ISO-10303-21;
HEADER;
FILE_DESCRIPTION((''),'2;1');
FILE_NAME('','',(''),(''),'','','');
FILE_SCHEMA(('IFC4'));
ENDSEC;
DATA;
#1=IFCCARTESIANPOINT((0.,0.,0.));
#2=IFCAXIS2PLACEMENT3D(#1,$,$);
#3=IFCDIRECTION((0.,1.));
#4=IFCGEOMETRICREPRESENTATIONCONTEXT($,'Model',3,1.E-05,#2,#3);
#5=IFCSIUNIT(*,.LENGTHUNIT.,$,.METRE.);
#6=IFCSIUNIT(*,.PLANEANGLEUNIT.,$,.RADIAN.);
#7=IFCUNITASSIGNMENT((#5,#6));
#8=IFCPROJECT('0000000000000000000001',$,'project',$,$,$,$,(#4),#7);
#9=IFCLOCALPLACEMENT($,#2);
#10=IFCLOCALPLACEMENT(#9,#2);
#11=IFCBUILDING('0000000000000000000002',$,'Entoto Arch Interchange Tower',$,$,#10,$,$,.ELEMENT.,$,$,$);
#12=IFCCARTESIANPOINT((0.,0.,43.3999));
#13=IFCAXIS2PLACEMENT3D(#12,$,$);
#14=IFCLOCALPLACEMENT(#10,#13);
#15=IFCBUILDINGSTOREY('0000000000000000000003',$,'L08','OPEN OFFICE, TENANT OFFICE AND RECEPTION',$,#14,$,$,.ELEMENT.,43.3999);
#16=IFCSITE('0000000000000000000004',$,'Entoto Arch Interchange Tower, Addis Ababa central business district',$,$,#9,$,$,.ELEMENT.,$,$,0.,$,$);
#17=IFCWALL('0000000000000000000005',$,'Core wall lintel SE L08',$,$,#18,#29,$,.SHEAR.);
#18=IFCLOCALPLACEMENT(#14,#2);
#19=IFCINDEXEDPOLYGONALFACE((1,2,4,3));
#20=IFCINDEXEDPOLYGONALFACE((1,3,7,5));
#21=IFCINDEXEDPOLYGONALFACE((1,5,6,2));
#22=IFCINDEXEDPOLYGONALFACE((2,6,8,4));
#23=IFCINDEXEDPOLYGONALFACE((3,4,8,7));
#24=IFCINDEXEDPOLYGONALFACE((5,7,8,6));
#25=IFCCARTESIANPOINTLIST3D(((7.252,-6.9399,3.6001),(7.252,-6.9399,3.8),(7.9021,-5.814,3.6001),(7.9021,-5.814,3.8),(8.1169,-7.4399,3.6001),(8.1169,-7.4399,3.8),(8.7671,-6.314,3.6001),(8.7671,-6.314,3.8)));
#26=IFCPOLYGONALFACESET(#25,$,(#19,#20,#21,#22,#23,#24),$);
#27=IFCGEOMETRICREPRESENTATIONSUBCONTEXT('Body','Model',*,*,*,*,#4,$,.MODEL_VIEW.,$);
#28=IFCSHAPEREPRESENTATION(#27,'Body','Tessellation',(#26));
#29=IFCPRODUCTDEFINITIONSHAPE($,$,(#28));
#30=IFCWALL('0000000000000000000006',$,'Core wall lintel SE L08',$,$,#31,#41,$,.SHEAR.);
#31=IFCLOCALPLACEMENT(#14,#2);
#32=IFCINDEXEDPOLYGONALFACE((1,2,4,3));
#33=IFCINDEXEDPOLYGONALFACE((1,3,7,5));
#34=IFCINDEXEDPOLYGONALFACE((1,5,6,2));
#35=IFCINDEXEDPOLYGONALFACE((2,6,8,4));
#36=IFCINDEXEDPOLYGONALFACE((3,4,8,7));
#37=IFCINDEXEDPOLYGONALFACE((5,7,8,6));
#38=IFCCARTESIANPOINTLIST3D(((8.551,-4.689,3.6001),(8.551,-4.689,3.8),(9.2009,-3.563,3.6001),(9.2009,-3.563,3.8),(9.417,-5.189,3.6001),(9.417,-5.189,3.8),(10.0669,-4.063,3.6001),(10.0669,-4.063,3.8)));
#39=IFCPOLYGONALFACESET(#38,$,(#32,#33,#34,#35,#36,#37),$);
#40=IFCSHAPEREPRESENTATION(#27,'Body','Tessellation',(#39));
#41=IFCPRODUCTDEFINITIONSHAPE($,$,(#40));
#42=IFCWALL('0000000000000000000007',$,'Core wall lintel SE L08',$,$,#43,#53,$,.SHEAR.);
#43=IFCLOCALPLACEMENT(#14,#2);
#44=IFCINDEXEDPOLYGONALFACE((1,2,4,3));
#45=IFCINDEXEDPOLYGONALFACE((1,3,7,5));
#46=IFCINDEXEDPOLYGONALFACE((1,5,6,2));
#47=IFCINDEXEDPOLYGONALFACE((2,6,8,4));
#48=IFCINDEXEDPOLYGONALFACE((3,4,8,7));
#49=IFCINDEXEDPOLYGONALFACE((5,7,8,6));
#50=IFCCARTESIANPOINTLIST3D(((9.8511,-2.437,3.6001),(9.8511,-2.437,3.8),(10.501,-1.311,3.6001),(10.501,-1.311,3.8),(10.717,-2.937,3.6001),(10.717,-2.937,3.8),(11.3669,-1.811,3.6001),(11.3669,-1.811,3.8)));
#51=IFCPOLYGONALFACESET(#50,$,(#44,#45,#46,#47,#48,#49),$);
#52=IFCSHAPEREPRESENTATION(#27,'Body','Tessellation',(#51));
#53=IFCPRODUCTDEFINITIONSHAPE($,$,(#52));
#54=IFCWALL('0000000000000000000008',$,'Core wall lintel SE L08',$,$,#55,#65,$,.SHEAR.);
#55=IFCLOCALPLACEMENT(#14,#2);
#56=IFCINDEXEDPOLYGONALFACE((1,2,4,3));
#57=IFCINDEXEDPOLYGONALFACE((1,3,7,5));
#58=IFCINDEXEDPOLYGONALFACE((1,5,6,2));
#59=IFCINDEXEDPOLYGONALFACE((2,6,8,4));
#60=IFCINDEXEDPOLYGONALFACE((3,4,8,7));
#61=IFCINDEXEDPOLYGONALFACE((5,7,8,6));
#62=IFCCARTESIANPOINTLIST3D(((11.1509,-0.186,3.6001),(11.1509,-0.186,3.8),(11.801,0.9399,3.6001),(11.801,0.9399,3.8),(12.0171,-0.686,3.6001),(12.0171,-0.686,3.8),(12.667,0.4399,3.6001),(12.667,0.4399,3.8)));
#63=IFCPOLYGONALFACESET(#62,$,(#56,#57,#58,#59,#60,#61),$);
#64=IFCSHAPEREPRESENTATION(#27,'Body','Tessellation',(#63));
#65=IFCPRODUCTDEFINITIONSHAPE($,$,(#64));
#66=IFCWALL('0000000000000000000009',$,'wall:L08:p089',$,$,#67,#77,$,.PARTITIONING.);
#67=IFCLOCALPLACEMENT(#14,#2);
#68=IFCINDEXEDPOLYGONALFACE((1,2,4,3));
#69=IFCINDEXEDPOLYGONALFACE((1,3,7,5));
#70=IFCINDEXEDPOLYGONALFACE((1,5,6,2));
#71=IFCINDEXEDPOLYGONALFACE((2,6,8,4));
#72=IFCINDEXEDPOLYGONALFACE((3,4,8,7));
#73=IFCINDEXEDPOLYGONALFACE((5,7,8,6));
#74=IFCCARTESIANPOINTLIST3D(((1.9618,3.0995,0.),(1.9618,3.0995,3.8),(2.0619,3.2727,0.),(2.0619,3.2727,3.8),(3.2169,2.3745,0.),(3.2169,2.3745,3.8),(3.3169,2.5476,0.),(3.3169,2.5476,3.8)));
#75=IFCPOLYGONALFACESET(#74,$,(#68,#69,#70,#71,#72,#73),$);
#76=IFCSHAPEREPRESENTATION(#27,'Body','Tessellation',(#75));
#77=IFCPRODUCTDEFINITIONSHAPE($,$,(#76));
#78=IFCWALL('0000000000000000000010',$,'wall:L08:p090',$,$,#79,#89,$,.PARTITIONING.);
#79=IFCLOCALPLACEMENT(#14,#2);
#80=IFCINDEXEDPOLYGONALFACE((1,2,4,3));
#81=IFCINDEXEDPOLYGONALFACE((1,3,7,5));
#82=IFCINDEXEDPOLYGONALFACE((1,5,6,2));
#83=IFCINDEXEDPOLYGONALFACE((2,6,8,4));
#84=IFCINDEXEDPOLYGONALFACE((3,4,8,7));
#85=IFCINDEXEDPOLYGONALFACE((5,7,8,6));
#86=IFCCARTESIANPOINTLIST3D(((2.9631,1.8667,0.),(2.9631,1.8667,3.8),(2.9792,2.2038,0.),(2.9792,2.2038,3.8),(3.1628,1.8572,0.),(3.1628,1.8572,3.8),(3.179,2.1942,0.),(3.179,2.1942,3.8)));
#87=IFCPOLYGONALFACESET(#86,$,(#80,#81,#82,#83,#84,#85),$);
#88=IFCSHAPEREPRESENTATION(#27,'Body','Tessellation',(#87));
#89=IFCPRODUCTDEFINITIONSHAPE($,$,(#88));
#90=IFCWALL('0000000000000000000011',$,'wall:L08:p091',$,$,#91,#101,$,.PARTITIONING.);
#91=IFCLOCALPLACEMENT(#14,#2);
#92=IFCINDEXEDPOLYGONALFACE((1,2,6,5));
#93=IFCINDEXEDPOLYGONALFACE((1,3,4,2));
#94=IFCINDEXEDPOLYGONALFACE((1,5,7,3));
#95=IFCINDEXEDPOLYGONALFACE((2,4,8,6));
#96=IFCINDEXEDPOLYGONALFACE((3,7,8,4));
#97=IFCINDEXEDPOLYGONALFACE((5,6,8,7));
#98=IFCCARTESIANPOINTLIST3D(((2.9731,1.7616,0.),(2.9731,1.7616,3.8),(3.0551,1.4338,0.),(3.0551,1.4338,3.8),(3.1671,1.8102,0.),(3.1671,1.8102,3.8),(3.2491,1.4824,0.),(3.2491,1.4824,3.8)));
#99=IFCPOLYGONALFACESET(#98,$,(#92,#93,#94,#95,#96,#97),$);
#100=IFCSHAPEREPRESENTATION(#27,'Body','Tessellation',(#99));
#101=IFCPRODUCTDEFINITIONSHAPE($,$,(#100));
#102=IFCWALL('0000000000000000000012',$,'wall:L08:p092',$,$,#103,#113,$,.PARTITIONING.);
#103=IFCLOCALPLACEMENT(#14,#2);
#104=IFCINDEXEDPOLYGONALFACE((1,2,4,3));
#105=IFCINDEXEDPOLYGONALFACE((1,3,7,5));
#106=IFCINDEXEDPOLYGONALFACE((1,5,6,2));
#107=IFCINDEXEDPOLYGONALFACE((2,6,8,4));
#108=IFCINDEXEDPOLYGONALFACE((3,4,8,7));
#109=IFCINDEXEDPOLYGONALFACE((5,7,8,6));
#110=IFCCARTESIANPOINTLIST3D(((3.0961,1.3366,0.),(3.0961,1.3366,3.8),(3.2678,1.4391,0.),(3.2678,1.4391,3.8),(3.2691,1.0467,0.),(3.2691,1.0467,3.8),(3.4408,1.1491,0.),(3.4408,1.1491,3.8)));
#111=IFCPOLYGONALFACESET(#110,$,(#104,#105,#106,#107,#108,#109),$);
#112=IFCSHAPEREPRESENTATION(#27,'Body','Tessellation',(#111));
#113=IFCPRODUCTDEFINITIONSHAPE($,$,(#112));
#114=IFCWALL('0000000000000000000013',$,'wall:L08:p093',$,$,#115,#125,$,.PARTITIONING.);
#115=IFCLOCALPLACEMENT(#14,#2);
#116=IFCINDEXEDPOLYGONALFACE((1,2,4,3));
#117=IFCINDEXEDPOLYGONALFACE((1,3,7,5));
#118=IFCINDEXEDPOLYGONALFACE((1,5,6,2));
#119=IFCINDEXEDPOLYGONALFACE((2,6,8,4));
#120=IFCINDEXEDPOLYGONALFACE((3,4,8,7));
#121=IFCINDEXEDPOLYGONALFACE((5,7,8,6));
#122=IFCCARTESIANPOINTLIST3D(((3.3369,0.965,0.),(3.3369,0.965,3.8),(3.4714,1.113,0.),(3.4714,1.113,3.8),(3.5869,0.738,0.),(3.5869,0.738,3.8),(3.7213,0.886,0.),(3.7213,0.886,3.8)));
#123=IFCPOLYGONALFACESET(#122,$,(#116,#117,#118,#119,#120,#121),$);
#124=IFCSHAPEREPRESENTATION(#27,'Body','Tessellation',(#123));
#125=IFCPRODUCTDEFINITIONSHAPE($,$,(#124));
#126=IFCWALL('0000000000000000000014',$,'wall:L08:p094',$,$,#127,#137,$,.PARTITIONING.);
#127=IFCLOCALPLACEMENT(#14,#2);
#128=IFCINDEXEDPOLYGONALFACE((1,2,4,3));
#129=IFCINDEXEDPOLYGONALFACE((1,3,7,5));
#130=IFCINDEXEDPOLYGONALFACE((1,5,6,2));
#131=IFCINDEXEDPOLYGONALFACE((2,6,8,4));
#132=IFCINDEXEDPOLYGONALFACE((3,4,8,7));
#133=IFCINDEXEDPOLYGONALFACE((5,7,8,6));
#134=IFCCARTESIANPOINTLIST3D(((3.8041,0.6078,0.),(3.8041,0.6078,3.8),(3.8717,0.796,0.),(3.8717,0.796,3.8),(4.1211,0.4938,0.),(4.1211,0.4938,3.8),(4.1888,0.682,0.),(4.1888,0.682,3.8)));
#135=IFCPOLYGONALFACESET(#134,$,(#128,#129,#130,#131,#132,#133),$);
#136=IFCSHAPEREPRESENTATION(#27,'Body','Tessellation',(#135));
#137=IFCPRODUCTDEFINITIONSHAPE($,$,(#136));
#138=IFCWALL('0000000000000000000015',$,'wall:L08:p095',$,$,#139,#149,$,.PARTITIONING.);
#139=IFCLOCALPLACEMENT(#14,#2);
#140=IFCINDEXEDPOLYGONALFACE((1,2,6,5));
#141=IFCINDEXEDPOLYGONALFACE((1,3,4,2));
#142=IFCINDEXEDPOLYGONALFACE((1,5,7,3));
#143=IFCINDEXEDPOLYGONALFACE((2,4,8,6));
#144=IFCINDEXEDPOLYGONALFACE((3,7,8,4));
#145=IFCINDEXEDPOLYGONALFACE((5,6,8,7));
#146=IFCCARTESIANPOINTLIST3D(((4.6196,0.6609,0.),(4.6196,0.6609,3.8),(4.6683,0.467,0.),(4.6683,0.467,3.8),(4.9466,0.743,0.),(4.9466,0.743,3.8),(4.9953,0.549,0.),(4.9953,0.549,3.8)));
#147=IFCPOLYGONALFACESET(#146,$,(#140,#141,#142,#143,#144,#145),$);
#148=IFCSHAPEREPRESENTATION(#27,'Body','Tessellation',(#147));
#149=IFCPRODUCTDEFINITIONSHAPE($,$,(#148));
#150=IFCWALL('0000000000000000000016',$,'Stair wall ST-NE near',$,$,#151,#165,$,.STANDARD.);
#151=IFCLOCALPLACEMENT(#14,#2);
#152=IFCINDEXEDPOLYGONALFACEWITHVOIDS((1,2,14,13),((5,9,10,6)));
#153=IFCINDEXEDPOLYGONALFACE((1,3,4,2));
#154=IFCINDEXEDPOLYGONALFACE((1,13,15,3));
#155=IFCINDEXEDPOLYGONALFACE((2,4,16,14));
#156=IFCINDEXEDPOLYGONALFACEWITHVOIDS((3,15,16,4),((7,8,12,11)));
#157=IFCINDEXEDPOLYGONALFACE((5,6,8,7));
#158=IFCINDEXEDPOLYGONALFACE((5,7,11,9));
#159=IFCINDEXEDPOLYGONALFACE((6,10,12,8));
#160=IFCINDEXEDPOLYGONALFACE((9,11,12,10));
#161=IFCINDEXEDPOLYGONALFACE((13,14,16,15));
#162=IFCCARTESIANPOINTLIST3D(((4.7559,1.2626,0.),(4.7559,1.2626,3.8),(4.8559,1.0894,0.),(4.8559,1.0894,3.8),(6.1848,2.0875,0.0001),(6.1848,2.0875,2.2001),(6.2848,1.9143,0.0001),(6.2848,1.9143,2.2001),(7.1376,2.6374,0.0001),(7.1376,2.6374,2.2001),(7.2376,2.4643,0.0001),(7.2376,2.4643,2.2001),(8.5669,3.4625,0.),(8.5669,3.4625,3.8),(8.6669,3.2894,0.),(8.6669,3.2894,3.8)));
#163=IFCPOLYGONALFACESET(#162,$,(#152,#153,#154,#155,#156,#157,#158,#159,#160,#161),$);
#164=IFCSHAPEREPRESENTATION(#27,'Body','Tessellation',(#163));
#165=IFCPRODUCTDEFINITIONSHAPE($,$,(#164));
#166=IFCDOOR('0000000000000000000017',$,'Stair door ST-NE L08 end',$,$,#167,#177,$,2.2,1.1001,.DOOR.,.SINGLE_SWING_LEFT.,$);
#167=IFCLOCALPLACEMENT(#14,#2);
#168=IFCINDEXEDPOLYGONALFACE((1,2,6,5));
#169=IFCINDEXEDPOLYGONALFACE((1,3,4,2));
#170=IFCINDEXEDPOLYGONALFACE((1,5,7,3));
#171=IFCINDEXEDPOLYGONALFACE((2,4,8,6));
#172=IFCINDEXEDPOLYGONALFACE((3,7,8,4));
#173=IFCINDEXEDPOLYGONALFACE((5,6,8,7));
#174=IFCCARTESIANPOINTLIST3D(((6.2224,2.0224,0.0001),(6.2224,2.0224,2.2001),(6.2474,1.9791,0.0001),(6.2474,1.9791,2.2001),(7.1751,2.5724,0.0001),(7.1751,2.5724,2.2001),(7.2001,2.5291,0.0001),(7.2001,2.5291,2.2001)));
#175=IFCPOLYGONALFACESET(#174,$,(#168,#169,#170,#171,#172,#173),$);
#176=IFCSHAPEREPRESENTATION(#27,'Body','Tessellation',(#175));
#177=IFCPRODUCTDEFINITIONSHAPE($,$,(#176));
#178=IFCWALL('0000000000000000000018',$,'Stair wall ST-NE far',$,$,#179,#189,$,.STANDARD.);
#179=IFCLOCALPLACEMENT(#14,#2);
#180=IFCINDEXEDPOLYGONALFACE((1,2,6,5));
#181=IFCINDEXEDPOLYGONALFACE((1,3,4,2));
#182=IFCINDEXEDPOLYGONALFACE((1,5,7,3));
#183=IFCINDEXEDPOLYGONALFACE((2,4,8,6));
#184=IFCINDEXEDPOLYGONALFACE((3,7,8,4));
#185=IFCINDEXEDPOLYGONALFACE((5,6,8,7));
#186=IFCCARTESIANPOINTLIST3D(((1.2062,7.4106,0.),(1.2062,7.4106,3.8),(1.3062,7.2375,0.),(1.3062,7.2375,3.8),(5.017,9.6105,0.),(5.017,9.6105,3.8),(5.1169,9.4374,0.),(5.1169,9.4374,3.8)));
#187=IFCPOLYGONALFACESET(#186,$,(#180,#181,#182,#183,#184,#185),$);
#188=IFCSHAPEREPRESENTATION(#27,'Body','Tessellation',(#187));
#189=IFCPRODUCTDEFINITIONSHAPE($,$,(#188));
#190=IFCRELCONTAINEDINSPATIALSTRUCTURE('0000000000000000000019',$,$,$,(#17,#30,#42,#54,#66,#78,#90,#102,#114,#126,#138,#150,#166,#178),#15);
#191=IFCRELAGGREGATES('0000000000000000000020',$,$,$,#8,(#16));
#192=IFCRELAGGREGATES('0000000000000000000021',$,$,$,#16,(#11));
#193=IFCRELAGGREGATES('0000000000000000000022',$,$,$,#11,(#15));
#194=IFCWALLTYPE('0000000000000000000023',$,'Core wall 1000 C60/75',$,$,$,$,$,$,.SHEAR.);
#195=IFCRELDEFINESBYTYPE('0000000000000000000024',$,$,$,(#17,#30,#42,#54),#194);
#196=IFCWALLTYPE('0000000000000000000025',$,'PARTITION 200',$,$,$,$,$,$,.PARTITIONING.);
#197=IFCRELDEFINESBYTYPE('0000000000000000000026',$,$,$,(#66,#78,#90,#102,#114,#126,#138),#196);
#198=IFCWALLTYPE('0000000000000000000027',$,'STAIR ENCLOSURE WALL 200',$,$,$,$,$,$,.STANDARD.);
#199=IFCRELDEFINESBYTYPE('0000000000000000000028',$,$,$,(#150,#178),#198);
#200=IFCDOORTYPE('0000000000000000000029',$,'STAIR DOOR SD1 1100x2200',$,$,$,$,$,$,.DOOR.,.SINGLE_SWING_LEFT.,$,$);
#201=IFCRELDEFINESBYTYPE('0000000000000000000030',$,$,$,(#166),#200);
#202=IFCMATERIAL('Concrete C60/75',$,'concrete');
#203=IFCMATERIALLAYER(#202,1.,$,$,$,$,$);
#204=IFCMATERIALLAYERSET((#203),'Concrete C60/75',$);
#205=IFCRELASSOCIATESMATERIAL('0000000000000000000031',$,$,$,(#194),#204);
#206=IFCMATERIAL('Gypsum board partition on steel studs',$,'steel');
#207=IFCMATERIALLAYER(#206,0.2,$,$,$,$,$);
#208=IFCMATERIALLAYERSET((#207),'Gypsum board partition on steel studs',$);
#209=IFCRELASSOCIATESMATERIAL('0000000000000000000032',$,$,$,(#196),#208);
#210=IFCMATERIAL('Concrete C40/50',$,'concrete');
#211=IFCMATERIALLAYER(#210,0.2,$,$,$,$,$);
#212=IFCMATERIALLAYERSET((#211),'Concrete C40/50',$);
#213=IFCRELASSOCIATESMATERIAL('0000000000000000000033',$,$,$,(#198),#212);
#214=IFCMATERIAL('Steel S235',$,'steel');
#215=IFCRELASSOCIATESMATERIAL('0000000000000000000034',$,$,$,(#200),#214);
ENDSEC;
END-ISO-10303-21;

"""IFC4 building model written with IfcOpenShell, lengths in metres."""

from ifc_helpers import new_model, si_unit, direction, frame, frame_2d, origin, place, context, subcontext, project, spatial, polyline, rectangle, outline, extrude, material, layer, layer_set, type_object, element, fill, save


model = new_model("IFC4")

# Units and contexts
model_context = context("Model", 3, precision=1e-05, world=origin(), true_north=direction((0.0, 1.0)))
body_context = subcontext(model_context, "Body", "Model", "MODEL_VIEW")
ifc_project = project(units=[si_unit("LENGTHUNIT", "METRE"), si_unit("PLANEANGLEUNIT", "RADIAN")], contexts=[model_context])

# Site, building, storey
site_placement = place(None, origin())
site = spatial("IfcSite", under=ifc_project, at=site_placement, Name="Entoto Arch Interchange Tower, Addis Ababa central business district", CompositionType="ELEMENT", RefElevation=0.0)
building_placement = place(site_placement, origin())
building = spatial("IfcBuilding", under=site, at=building_placement, Name="Entoto Arch Interchange Tower", CompositionType="ELEMENT")
storey_placement = place(building_placement, frame((0.0, 0.0, 43.3999)))
storey = spatial("IfcBuildingStorey", under=building, at=storey_placement, Name="L08", Description="OPEN OFFICE, TENANT OFFICE AND RECEPTION", CompositionType="ELEMENT", Elevation=43.3999)

# Shared definitions
ifc_material_1 = material(Name="Concrete C40/50", Category="concrete")

# Walls
ifc_material_2 = material(Name="Concrete C60/75", Category="concrete")
ifc_layer_1 = layer(ifc_material_2, 1.0)
ifc_layer_set_1 = layer_set([ifc_layer_1], Name="Concrete C60/75")
wall_type_1 = type_object("IfcWallType", Name="Core wall 1000 C60/75", PredefinedType="SHEAR", material=ifc_layer_set_1)
wall_1_placement = place(storey_placement, frame((0.0, 0.0, 3.6001)))
element("IfcWall", 1, at=wall_1_placement, inside=storey, type_object=wall_type_1, Name="Core wall lintel SE L08", PredefinedType="SHEAR", context=body_context, shape_type="SweptSolid", body=[
    extrude(outline(polyline([(8.7671, -6.314), (7.9021, -5.814), (7.252, -6.9399), (8.1169, -7.4399), (8.7671, -6.314)])), origin(), (0.0, 0.0, 1.0), 0.2),
])
wall_2_placement = place(storey_placement, frame((0.0, 0.0, 3.6001)))
element("IfcWall", 2, at=wall_2_placement, inside=storey, type_object=wall_type_1, Name="Core wall lintel SE L08", PredefinedType="SHEAR", context=body_context, shape_type="SweptSolid", body=[
    extrude(outline(polyline([(10.0669, -4.063), (9.2009, -3.563), (8.551, -4.689), (9.417, -5.189), (10.0669, -4.063)])), origin(), (0.0, 0.0, 1.0), 0.2),
])
wall_3_placement = place(storey_placement, frame((0.0, 0.0, 3.6001)))
element("IfcWall", 3, at=wall_3_placement, inside=storey, type_object=wall_type_1, Name="Core wall lintel SE L08", PredefinedType="SHEAR", context=body_context, shape_type="SweptSolid", body=[
    extrude(outline(polyline([(11.3669, -1.811), (10.501, -1.311), (9.8511, -2.437), (10.717, -2.937), (11.3669, -1.811)])), origin(), (0.0, 0.0, 1.0), 0.2),
])
wall_4_placement = place(storey_placement, frame((0.0, 0.0, 3.6001)))
element("IfcWall", 4, at=wall_4_placement, inside=storey, type_object=wall_type_1, Name="Core wall lintel SE L08", PredefinedType="SHEAR", context=body_context, shape_type="SweptSolid", body=[
    extrude(outline(polyline([(12.667, 0.4399), (11.801, 0.9399), (11.1509, -0.186), (12.0171, -0.686), (12.667, 0.4399)])), origin(), (0.0, 0.0, 1.0), 0.2),
])
ifc_material_3 = material(Name="Gypsum board partition on steel studs", Category="steel")
ifc_layer_2 = layer(ifc_material_3, 0.2)
ifc_layer_set_2 = layer_set([ifc_layer_2], Name="Gypsum board partition on steel studs")
wall_type_2 = type_object("IfcWallType", Name="PARTITION 200", PredefinedType="PARTITIONING", material=ifc_layer_set_2)
wall_5_placement = place(storey_placement, frame((2.012, 3.186, 0.0), z_axis=(0.0, 0.0, 1.0), x_axis=(0.865891, -0.500233, 0.0)))
element("IfcWall", 5, at=wall_5_placement, inside=storey, type_object=wall_type_2, Name="wall:L08:p089", PredefinedType="PARTITIONING", context=body_context, shape_type="SweptSolid", body=[
    extrude(rectangle(XDim=1.4495, YDim=0.2, at=frame_2d((0.7246, 0.0))), origin(), (0.0, 0.0, 1.0), 3.8),
])
wall_6_placement = place(storey_placement, frame((3.0791, 2.199, 0.0), z_axis=(0.0, 0.0, 1.0), x_axis=(-0.047771, -0.998858, 0.0)))
element("IfcWall", 6, at=wall_6_placement, inside=storey, type_object=wall_type_2, Name="wall:L08:p090", PredefinedType="PARTITIONING", context=body_context, shape_type="SweptSolid", body=[
    extrude(rectangle(XDim=0.3374, YDim=0.2, at=frame_2d((0.1687, 0.0))), origin(), (0.0, 0.0, 1.0), 3.8),
])
wall_7_placement = place(storey_placement, frame((3.0701, 1.7859, 0.0), z_axis=(0.0, 0.0, 1.0), x_axis=(0.242706, -0.9701, 0.0)))
element("IfcWall", 7, at=wall_7_placement, inside=storey, type_object=wall_type_2, Name="wall:L08:p091", PredefinedType="PARTITIONING", context=body_context, shape_type="SweptSolid", body=[
    extrude(rectangle(XDim=0.3379, YDim=0.2, at=frame_2d((0.1689, 0.0))), origin(), (0.0, 0.0, 1.0), 3.8),
])
for number, where, z_axis, x_axis, name in (
    (8, (3.1819, 1.3879, 0.0), (0.0, 0.0, 1.0), (0.512475, -0.858702, 0.0), "wall:L08:p092"),
    (9, (3.4041, 1.0391, 0.0), (0.0, 0.0, 1.0), (0.740267, -0.672313, 0.0), "wall:L08:p093"),
):
    element("IfcWall", number, at=place(storey_placement, frame(where, z_axis=z_axis, x_axis=x_axis)), inside=storey, type_object=wall_type_2, Name=name, PredefinedType="PARTITIONING", context=body_context, shape_type="SweptSolid", body=[
        extrude(rectangle(XDim=0.3376, YDim=0.2, at=frame_2d((0.1689, 0.0))), origin(), (0.0, 0.0, 1.0), 3.8),
    ])
wall_8_placement = place(storey_placement, frame((3.8379, 0.7019, 0.0), z_axis=(0.0, 0.0, 1.0), x_axis=(0.941035, -0.338309, 0.0)))
element("IfcWall", 10, at=wall_8_placement, inside=storey, type_object=wall_type_2, Name="wall:L08:p094", PredefinedType="PARTITIONING", context=body_context, shape_type="SweptSolid", body=[
    extrude(rectangle(XDim=0.3369, YDim=0.2, at=frame_2d((0.1685, 0.0))), origin(), (0.0, 0.0, 1.0), 3.8),
])
wall_9_placement = place(storey_placement, frame((4.644, 0.564, 0.0), z_axis=(0.0, 0.0, 1.0), x_axis=(0.969929, 0.243388, 0.0)))
element("IfcWall", 11, at=wall_9_placement, inside=storey, type_object=wall_type_2, Name="wall:L08:p095", PredefinedType="PARTITIONING", context=body_context, shape_type="SweptSolid", body=[
    extrude(rectangle(XDim=0.3372, YDim=0.2, at=frame_2d((0.1685, 0.0))), origin(), (0.0, 0.0, 1.0), 3.8),
])

# Wall, opening, door
ifc_layer_3 = layer(ifc_material_1, 0.2)
ifc_layer_set_3 = layer_set([ifc_layer_3], Name="Concrete C40/50")
wall_type_3 = type_object("IfcWallType", Name="STAIR ENCLOSURE WALL 200", PredefinedType="STANDARD", material=ifc_layer_set_3)
wall_10_placement = place(storey_placement, frame((4.8059, 1.176, 0.0), z_axis=(0.0, 0.0, 1.0), x_axis=(0.86606, 0.49994, 0.0)))
wall_10 = element("IfcWall", 12, at=wall_10_placement, inside=storey, type_object=wall_type_3, Name="Stair wall ST-NE near", PredefinedType="STANDARD", context=body_context, shape_type="SweptSolid", body=[
    extrude(rectangle(XDim=4.4004, YDim=0.2, at=frame_2d((2.2002, 0.0))), origin(), (0.0, 0.0, 1.0), 3.8),
])
opening_placement = place(wall_10_placement, frame((1.6499, 0.0, 0.0)))
opening = element("IfcOpeningElement", 13, at=opening_placement, cuts=wall_10, PredefinedType="OPENING", context=body_context, shape_type="SweptSolid", body=[
    extrude(rectangle(XDim=1.1001, YDim=2.2, at=frame_2d((0.55, 1.1001))), frame((0.0, 0.1099, 0.0), z_axis=(0.0, -1.0, 0.0), x_axis=(1.0, 0.0, 0.0)), (0.0, 0.0, 1.0), 0.22),
])
ifc_material_4 = material(Name="Steel S235", Category="steel")
door_type = type_object("IfcDoorType", Name="STAIR DOOR SD1 1100x2200", OperationType="SINGLE_SWING_LEFT", PredefinedType="DOOR", material=ifc_material_4)
door_placement = place(opening_placement, origin())
door = element("IfcDoor", 14, at=door_placement, inside=storey, type_object=door_type, Name="Stair door ST-NE L08 end", OperationType="SINGLE_SWING_LEFT", OverallHeight=2.2, OverallWidth=1.1001, PredefinedType="DOOR", context=body_context, shape_type="SweptSolid", body=[
    extrude(rectangle(XDim=1.1001, YDim=2.2, at=frame_2d((0.55, 1.1001))), frame((0.0, 0.0249, 0.0), z_axis=(0.0, -1.0, 0.0), x_axis=(1.0, 0.0, 0.0)), (0.0, 0.0, 1.0), 0.05),
])
fill(opening, door)

# Wall
wall_11_placement = place(storey_placement, frame((1.2561, 7.324, 0.0), z_axis=(0.0, 0.0, 1.0), x_axis=(0.866046, 0.499964, 0.0)))
element("IfcWall", 15, at=wall_11_placement, inside=storey, type_object=wall_type_3, Name="Stair wall ST-NE far", PredefinedType="STANDARD", context=body_context, shape_type="SweptSolid", body=[
    extrude(rectangle(XDim=4.4001, YDim=0.2, at=frame_2d((2.2002, 0.0))), origin(), (0.0, 0.0, 1.0), 3.8),
])

save(model, "model.ifc")
